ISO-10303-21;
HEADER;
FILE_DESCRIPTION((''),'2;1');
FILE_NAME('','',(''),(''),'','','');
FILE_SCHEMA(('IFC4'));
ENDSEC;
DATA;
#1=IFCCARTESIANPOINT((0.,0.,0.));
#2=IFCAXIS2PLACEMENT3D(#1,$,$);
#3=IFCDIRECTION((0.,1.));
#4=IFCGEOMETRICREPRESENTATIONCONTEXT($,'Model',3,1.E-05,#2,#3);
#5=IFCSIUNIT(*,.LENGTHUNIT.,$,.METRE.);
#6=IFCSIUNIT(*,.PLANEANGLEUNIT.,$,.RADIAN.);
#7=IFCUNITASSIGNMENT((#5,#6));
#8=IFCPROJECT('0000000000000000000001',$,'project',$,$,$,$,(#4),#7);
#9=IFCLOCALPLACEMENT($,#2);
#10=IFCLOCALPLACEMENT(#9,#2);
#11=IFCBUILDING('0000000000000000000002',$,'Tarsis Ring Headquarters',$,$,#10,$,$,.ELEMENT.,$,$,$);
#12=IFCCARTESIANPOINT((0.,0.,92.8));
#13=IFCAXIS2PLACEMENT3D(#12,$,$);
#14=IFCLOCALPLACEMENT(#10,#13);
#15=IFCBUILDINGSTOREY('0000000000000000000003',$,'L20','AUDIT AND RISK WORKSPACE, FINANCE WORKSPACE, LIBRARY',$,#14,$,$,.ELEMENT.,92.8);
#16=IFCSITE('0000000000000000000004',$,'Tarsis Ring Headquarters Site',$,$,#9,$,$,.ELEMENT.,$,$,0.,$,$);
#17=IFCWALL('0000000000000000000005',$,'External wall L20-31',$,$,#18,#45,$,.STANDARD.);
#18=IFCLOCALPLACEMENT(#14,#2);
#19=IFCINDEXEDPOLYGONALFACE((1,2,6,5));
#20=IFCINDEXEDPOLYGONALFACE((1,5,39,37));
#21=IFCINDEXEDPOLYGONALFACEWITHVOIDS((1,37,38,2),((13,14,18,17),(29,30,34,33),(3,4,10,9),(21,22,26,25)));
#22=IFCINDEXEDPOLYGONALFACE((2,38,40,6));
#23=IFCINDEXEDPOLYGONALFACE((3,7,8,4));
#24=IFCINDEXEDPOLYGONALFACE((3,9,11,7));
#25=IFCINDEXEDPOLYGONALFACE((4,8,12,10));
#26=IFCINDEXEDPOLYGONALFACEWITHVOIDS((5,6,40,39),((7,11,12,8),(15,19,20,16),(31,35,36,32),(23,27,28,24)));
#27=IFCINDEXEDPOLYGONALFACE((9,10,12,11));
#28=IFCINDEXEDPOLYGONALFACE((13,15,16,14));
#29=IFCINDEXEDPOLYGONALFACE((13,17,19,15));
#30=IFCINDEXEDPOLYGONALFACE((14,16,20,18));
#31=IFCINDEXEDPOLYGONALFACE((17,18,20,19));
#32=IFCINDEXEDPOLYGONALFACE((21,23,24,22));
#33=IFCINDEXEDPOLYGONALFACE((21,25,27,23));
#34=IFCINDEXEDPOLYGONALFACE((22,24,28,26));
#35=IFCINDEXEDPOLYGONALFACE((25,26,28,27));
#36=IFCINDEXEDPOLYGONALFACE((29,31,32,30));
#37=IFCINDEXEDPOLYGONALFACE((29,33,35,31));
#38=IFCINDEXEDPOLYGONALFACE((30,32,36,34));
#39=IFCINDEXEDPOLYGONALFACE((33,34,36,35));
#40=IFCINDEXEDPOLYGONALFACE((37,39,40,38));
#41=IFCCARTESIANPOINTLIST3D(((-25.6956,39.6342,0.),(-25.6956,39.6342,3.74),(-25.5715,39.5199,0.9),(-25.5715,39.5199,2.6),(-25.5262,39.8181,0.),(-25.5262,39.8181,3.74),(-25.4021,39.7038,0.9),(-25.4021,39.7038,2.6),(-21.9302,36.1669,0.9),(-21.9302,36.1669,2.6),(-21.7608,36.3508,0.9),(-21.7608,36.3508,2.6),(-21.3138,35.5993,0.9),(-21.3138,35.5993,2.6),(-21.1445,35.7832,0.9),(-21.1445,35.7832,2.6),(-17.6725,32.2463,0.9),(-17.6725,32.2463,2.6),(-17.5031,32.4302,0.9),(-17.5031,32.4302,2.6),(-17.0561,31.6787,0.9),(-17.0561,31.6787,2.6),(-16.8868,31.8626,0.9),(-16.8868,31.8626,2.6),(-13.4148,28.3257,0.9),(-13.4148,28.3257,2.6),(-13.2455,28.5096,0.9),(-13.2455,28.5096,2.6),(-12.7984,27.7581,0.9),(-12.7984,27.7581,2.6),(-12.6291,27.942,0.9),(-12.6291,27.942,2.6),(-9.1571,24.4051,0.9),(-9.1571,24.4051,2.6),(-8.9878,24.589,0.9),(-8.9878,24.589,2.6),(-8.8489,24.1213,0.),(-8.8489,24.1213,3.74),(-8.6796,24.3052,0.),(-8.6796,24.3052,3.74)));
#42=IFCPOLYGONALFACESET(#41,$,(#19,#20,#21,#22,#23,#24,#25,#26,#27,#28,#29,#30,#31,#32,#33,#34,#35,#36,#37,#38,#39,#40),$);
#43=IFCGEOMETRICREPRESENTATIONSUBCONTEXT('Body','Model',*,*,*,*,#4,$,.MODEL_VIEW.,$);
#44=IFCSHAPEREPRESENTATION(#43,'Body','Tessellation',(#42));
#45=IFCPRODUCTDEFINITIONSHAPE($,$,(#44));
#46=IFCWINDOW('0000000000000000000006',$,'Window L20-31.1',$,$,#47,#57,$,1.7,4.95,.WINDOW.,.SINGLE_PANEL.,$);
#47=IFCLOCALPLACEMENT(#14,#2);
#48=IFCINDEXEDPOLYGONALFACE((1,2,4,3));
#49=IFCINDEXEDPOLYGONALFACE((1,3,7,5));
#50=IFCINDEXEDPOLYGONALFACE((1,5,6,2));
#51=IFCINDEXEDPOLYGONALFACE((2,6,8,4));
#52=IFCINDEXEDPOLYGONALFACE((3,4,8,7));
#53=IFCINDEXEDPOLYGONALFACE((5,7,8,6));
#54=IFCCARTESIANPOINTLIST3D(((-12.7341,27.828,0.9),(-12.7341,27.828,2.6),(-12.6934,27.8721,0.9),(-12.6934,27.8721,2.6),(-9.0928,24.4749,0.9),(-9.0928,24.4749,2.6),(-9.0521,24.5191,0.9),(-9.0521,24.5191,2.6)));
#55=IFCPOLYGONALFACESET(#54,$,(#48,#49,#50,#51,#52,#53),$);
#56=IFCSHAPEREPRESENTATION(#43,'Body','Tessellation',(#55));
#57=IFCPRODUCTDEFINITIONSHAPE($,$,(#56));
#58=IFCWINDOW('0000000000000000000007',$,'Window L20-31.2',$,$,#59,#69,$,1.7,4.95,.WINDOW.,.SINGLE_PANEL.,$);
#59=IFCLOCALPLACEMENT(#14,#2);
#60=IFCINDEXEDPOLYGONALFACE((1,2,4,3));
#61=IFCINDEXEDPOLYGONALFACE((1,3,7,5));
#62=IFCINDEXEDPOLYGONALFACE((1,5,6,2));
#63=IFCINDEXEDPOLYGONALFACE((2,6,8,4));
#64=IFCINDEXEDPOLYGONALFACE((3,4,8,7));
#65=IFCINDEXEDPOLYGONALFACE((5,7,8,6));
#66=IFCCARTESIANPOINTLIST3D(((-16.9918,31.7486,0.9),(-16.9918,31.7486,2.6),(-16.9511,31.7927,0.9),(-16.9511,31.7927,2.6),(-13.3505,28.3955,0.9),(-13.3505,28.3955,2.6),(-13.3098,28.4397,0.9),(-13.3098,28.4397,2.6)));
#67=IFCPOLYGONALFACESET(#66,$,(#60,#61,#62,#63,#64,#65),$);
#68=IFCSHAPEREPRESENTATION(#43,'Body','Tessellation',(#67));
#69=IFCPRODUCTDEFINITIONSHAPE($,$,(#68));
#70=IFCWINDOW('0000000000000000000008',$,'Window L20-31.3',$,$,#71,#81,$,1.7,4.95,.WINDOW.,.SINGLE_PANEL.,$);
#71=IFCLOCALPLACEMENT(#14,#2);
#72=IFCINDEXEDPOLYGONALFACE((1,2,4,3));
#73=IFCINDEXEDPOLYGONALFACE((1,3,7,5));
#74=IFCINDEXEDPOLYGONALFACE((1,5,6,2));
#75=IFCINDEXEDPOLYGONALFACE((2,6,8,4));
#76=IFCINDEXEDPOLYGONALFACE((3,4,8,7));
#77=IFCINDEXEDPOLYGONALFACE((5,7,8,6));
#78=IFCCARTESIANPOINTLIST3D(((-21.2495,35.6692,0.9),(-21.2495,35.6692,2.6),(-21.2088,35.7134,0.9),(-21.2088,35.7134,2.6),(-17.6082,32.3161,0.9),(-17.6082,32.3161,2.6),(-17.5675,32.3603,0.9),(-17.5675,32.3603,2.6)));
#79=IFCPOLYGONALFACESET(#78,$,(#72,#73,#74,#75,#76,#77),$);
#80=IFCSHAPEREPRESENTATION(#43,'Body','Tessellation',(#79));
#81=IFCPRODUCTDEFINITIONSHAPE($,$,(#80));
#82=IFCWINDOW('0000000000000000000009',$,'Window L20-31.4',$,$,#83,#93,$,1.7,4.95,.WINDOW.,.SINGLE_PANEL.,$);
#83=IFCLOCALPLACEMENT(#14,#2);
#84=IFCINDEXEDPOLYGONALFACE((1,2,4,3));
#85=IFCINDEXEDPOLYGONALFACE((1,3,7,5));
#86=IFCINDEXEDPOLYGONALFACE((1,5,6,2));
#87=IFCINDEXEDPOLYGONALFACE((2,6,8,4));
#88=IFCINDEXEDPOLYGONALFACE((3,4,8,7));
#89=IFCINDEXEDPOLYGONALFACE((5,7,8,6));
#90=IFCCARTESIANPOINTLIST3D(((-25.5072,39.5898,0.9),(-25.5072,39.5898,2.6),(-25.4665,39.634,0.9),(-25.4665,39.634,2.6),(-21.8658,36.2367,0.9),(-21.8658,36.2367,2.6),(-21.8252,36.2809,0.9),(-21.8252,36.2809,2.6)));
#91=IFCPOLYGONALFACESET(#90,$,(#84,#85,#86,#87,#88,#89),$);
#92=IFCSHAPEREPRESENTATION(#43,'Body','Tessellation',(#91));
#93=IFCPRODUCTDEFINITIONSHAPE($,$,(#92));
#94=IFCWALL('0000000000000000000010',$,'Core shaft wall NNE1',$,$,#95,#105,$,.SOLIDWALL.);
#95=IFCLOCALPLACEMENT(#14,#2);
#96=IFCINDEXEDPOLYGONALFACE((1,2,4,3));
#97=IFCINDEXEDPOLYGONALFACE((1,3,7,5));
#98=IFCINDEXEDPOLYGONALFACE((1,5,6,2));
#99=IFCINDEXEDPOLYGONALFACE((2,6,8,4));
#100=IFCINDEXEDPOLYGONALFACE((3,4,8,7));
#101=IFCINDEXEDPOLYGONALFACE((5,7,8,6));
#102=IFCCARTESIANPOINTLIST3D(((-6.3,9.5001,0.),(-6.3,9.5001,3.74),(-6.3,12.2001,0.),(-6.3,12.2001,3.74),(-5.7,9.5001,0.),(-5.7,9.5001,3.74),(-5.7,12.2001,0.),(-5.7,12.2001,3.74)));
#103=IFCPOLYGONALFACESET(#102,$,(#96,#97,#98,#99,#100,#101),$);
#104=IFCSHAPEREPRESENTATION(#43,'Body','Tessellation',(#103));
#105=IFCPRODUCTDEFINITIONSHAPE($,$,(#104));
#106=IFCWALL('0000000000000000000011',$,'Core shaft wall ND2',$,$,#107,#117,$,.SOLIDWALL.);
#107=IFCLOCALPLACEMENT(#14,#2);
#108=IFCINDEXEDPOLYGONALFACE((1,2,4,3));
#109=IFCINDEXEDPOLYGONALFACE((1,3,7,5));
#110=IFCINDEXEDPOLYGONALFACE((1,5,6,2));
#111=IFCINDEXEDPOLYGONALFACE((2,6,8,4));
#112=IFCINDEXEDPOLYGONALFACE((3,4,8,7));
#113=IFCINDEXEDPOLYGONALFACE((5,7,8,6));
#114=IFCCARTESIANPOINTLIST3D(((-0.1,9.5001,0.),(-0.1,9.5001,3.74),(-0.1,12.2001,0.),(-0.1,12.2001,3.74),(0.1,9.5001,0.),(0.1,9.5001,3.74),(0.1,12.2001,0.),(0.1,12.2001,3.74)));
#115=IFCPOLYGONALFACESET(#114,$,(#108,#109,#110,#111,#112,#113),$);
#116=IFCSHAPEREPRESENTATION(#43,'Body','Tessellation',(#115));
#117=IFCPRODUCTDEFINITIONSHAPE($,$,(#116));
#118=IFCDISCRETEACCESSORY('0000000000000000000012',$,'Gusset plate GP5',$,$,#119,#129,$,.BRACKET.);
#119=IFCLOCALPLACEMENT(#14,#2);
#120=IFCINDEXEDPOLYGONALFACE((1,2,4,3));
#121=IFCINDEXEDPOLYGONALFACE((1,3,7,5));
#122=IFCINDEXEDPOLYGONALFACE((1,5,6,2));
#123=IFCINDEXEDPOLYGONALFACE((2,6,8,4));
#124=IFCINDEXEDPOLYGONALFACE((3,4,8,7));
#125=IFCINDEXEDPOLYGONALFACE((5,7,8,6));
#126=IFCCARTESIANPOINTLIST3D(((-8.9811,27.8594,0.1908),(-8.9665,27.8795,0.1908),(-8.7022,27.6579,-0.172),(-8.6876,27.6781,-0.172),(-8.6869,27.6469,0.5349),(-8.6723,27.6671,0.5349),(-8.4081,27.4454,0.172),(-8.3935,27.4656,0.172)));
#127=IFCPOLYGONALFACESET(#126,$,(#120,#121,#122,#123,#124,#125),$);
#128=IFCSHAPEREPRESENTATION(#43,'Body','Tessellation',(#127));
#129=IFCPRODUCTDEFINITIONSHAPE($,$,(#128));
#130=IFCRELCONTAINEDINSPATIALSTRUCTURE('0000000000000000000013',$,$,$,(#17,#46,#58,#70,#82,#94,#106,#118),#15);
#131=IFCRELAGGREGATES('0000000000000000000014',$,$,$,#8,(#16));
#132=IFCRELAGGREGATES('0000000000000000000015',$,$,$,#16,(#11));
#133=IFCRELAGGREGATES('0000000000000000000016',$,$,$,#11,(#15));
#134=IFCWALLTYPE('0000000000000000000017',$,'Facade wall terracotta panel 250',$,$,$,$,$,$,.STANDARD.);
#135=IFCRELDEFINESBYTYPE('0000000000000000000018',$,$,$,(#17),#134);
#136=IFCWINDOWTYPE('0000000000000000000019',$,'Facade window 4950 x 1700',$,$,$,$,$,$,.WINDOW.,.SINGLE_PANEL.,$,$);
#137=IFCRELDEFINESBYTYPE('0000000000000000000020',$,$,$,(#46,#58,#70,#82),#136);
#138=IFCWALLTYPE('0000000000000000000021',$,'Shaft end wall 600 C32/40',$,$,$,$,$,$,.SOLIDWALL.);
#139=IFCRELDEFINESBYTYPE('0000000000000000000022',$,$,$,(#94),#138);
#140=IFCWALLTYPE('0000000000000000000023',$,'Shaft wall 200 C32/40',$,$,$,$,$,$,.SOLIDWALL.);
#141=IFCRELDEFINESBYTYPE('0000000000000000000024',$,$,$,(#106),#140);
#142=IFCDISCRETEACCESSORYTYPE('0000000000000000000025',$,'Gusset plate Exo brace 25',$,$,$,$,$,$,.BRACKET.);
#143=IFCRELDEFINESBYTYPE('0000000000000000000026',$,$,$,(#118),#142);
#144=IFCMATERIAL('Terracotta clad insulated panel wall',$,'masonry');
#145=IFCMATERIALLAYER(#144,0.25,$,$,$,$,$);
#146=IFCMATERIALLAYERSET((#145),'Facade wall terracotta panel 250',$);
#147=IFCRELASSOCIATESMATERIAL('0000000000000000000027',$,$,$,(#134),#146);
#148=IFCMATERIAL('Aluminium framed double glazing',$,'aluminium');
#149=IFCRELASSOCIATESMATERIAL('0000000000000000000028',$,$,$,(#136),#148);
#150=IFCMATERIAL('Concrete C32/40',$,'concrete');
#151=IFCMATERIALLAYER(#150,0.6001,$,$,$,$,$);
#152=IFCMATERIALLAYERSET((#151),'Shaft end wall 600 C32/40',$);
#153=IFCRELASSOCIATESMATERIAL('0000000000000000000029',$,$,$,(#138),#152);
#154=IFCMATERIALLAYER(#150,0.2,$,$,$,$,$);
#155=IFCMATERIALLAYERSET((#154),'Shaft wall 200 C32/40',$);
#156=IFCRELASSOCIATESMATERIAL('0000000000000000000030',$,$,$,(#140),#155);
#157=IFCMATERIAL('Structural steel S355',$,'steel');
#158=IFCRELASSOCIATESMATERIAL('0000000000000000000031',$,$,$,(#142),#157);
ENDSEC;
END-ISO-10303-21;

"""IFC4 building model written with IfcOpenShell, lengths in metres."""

from ifc_helpers import new_model, si_unit, direction, frame, frame_2d, origin, origin_2d, place, context, subcontext, project, spatial, rectangle, extrude, material, layer, layer_set, material_profile, profile_set, type_object, element, fill, save


model = new_model("IFC4")

# Units and contexts
model_context = context("Model", 3, precision=1e-05, world=origin(), true_north=direction((0.0, 1.0)))
body_context = subcontext(model_context, "Body", "Model", "MODEL_VIEW")
ifc_project = project(units=[si_unit("LENGTHUNIT", "METRE"), si_unit("PLANEANGLEUNIT", "RADIAN")], contexts=[model_context])

# Site, building, storey
site_placement = place(None, origin())
site = spatial("IfcSite", under=ifc_project, at=site_placement, Name="Tarsis Ring Headquarters Site", CompositionType="ELEMENT", RefElevation=0.0)
building_placement = place(site_placement, origin())
building = spatial("IfcBuilding", under=site, at=building_placement, Name="Tarsis Ring Headquarters", CompositionType="ELEMENT")
storey_placement = place(building_placement, frame((0.0, 0.0, 92.8)))
storey = spatial("IfcBuildingStorey", under=building, at=storey_placement, Name="L20", Description="AUDIT AND RISK WORKSPACE, FINANCE WORKSPACE, LIBRARY", CompositionType="ELEMENT", Elevation=92.8)

# Shared definitions
ifc_material_1 = material(Name="Structural steel S355", Category="steel")

# Shared definitions
ifc_material_2 = material(Name="Terracotta clad insulated panel wall", Category="masonry")
ifc_layer_1 = layer(ifc_material_2, 0.25)
ifc_layer_set_1 = layer_set([ifc_layer_1], Name="Facade wall terracotta panel 250")
wall_type_1 = type_object("IfcWallType", Name="Facade wall terracotta panel 250", PredefinedType="STANDARD", material=ifc_layer_set_1)
ifc_material_3 = material(Name="Aluminium framed double glazing", Category="aluminium")

# Wall, openings, windows
wall_1_placement = place(storey_placement, frame((-8.7642, 24.2131, 0.0), z_axis=(0.0, 0.0, 1.0), x_axis=(-0.735626, 0.677387, 0.0)))
wall_1 = element("IfcWall", 1, at=wall_1_placement, inside=storey, type_object=wall_type_1, Name="External wall L20-31", PredefinedType="STANDARD", context=body_context, shape_type="SweptSolid", body=[
    extrude(rectangle(XDim=22.9011, YDim=0.25, at=frame_2d((11.4507, 0.0))), origin(), (0.0, 0.0, 1.0), 3.74),
])
opening_1_placement = place(wall_1_placement, frame((0.4189, 0.0, 0.8999)))
opening_1 = element("IfcOpeningElement", 2, at=opening_1_placement, cuts=wall_1, PredefinedType="OPENING", context=body_context, shape_type="SweptSolid", body=[
    extrude(rectangle(XDim=4.95, YDim=1.7, at=frame_2d((2.4751, 0.8501))), frame((0.0, 0.135, 0.0), z_axis=(0.0, -1.0, 0.0), x_axis=(1.0, 0.0, 0.0)), (0.0, 0.0, 1.0), 0.27),
])
opening_2_placement = place(wall_1_placement, frame((6.2068, 0.0, 0.8999)))
opening_2 = element("IfcOpeningElement", 3, at=opening_2_placement, cuts=wall_1, PredefinedType="OPENING", context=body_context, shape_type="SweptSolid", body=[
    extrude(rectangle(XDim=4.95, YDim=1.7, at=frame_2d((2.4751, 0.8501))), frame((0.0, 0.135, 0.0), z_axis=(0.0, -1.0, 0.0), x_axis=(1.0, 0.0, 0.0)), (0.0, 0.0, 1.0), 0.27),
])
opening_3_placement = place(wall_1_placement, frame((11.9946, 0.0, 0.8999)))
opening_3 = element("IfcOpeningElement", 4, at=opening_3_placement, cuts=wall_1, PredefinedType="OPENING", context=body_context, shape_type="SweptSolid", body=[
    extrude(rectangle(XDim=4.95, YDim=1.7, at=frame_2d((2.4751, 0.8501))), frame((0.0, 0.135, 0.0), z_axis=(0.0, -1.0, 0.0), x_axis=(1.0, 0.0, 0.0)), (0.0, 0.0, 1.0), 0.27),
])
opening_4_placement = place(wall_1_placement, frame((17.7825, 0.0, 0.8999)))
opening_4 = element("IfcOpeningElement", 5, at=opening_4_placement, cuts=wall_1, PredefinedType="OPENING", context=body_context, shape_type="SweptSolid", body=[
    extrude(rectangle(XDim=4.95, YDim=1.7, at=frame_2d((2.4751, 0.8501))), frame((0.0, 0.135, 0.0), z_axis=(0.0, -1.0, 0.0), x_axis=(1.0, 0.0, 0.0)), (0.0, 0.0, 1.0), 0.27),
])
window_type_1 = type_object("IfcWindowType", Name="Facade window 4950 x 1700", PartitioningType="SINGLE_PANEL", PredefinedType="WINDOW", material=ifc_material_3)
window_1_placement = place(opening_1_placement, origin())
window_1 = element("IfcWindow", 6, at=window_1_placement, inside=storey, type_object=window_type_1, Name="Window L20-31.1", OverallHeight=1.7, OverallWidth=4.95, PartitioningType="SINGLE_PANEL", PredefinedType="WINDOW", context=body_context, shape_type="SweptSolid", body=[
    extrude(rectangle(XDim=4.95, YDim=1.7, at=frame_2d((2.4751, 0.8501))), frame((0.0, 0.03, 0.0), z_axis=(0.0, -1.0, 0.0), x_axis=(1.0, 0.0, 0.0)), (0.0, 0.0, 1.0), 0.0601),
])
fill(opening_1, window_1)
window_2_placement = place(opening_2_placement, origin())
window_2 = element("IfcWindow", 7, at=window_2_placement, inside=storey, type_object=window_type_1, Name="Window L20-31.2", OverallHeight=1.7, OverallWidth=4.95, PartitioningType="SINGLE_PANEL", PredefinedType="WINDOW", context=body_context, shape_type="SweptSolid", body=[
    extrude(rectangle(XDim=4.95, YDim=1.7, at=frame_2d((2.4751, 0.8501))), frame((0.0, 0.03, 0.0), z_axis=(0.0, -1.0, 0.0), x_axis=(1.0, 0.0, 0.0)), (0.0, 0.0, 1.0), 0.0601),
])
fill(opening_2, window_2)
window_3_placement = place(opening_3_placement, origin())
window_3 = element("IfcWindow", 8, at=window_3_placement, inside=storey, type_object=window_type_1, Name="Window L20-31.3", OverallHeight=1.7, OverallWidth=4.95, PartitioningType="SINGLE_PANEL", PredefinedType="WINDOW", context=body_context, shape_type="SweptSolid", body=[
    extrude(rectangle(XDim=4.95, YDim=1.7, at=frame_2d((2.4751, 0.8501))), frame((0.0, 0.03, 0.0), z_axis=(0.0, -1.0, 0.0), x_axis=(1.0, 0.0, 0.0)), (0.0, 0.0, 1.0), 0.0601),
])
fill(opening_3, window_3)
window_4_placement = place(opening_4_placement, origin())
window_4 = element("IfcWindow", 9, at=window_4_placement, inside=storey, type_object=window_type_1, Name="Window L20-31.4", OverallHeight=1.7, OverallWidth=4.95, PartitioningType="SINGLE_PANEL", PredefinedType="WINDOW", context=body_context, shape_type="SweptSolid", body=[
    extrude(rectangle(XDim=4.95, YDim=1.7, at=frame_2d((2.4751, 0.8501))), frame((0.0, 0.03, 0.0), z_axis=(0.0, -1.0, 0.0), x_axis=(1.0, 0.0, 0.0)), (0.0, 0.0, 1.0), 0.0601),
])
fill(opening_4, window_4)

# Walls
ifc_material_4 = material(Name="Concrete C32/40", Category="concrete")
ifc_layer_2 = layer(ifc_material_4, 0.6001)
ifc_layer_set_2 = layer_set([ifc_layer_2], Name="Shaft end wall 600 C32/40")
wall_type_2 = type_object("IfcWallType", Name="Shaft end wall 600 C32/40", PredefinedType="SOLIDWALL", material=ifc_layer_set_2)
wall_2_placement = place(storey_placement, frame((-6.0, 9.5, 0.0), z_axis=(0.0, 0.0, 1.0), x_axis=(0.0, 1.0, 0.0)))
element("IfcWall", 10, at=wall_2_placement, inside=storey, type_object=wall_type_2, Name="Core shaft wall NNE1", PredefinedType="SOLIDWALL", context=body_context, shape_type="SweptSolid", body=[
    extrude(rectangle(XDim=2.7, YDim=0.6001, at=frame_2d((1.3501, 0.0))), origin(), (0.0, 0.0, 1.0), 3.74),
])
ifc_layer_3 = layer(ifc_material_4, 0.2)
ifc_layer_set_3 = layer_set([ifc_layer_3], Name="Shaft wall 200 C32/40")
wall_type_3 = type_object("IfcWallType", Name="Shaft wall 200 C32/40", PredefinedType="SOLIDWALL", material=ifc_layer_set_3)
wall_3_placement = place(storey_placement, frame((0.0, 9.5, 0.0), z_axis=(0.0, 0.0, 1.0), x_axis=(0.0, 1.0, 0.0)))
element("IfcWall", 11, at=wall_3_placement, inside=storey, type_object=wall_type_3, Name="Core shaft wall ND2", PredefinedType="SOLIDWALL", context=body_context, shape_type="SweptSolid", body=[
    extrude(rectangle(XDim=2.7, YDim=0.2, at=frame_2d((1.3501, 0.0))), origin(), (0.0, 0.0, 1.0), 3.74),
])

# Discrete accessory
ifc_material_profile_1 = material_profile(ifc_material_1, rectangle(XDim=0.0249, YDim=0.5, at=origin_2d()), Name="PL 25x500")
ifc_profile_set_1 = profile_set([ifc_material_profile_1], Name="Structural steel S355")
discrete_accessory_type = type_object("IfcDiscreteAccessoryType", Name="Gusset plate Exo brace 25", PredefinedType="BRACKET", material=ifc_profile_set_1)
discrete_accessory_placement = place(storey_placement, frame((-8.5479, 27.5618, 0.0), z_axis=(-0.557705, 0.402895, 0.7257), x_axis=(-0.585594, -0.810604, 0.0)))
element("IfcDiscreteAccessory", 12, at=discrete_accessory_placement, inside=storey, type_object=discrete_accessory_type, Name="Gusset plate GP5", PredefinedType="BRACKET", context=body_context, shape_type="SweptSolid", body=[
    extrude(rectangle(XDim=0.0249, YDim=0.5, at=origin_2d()), origin(), (0.0, 0.0, 1.0), 0.5),
])

save(model, "model.ifc")
